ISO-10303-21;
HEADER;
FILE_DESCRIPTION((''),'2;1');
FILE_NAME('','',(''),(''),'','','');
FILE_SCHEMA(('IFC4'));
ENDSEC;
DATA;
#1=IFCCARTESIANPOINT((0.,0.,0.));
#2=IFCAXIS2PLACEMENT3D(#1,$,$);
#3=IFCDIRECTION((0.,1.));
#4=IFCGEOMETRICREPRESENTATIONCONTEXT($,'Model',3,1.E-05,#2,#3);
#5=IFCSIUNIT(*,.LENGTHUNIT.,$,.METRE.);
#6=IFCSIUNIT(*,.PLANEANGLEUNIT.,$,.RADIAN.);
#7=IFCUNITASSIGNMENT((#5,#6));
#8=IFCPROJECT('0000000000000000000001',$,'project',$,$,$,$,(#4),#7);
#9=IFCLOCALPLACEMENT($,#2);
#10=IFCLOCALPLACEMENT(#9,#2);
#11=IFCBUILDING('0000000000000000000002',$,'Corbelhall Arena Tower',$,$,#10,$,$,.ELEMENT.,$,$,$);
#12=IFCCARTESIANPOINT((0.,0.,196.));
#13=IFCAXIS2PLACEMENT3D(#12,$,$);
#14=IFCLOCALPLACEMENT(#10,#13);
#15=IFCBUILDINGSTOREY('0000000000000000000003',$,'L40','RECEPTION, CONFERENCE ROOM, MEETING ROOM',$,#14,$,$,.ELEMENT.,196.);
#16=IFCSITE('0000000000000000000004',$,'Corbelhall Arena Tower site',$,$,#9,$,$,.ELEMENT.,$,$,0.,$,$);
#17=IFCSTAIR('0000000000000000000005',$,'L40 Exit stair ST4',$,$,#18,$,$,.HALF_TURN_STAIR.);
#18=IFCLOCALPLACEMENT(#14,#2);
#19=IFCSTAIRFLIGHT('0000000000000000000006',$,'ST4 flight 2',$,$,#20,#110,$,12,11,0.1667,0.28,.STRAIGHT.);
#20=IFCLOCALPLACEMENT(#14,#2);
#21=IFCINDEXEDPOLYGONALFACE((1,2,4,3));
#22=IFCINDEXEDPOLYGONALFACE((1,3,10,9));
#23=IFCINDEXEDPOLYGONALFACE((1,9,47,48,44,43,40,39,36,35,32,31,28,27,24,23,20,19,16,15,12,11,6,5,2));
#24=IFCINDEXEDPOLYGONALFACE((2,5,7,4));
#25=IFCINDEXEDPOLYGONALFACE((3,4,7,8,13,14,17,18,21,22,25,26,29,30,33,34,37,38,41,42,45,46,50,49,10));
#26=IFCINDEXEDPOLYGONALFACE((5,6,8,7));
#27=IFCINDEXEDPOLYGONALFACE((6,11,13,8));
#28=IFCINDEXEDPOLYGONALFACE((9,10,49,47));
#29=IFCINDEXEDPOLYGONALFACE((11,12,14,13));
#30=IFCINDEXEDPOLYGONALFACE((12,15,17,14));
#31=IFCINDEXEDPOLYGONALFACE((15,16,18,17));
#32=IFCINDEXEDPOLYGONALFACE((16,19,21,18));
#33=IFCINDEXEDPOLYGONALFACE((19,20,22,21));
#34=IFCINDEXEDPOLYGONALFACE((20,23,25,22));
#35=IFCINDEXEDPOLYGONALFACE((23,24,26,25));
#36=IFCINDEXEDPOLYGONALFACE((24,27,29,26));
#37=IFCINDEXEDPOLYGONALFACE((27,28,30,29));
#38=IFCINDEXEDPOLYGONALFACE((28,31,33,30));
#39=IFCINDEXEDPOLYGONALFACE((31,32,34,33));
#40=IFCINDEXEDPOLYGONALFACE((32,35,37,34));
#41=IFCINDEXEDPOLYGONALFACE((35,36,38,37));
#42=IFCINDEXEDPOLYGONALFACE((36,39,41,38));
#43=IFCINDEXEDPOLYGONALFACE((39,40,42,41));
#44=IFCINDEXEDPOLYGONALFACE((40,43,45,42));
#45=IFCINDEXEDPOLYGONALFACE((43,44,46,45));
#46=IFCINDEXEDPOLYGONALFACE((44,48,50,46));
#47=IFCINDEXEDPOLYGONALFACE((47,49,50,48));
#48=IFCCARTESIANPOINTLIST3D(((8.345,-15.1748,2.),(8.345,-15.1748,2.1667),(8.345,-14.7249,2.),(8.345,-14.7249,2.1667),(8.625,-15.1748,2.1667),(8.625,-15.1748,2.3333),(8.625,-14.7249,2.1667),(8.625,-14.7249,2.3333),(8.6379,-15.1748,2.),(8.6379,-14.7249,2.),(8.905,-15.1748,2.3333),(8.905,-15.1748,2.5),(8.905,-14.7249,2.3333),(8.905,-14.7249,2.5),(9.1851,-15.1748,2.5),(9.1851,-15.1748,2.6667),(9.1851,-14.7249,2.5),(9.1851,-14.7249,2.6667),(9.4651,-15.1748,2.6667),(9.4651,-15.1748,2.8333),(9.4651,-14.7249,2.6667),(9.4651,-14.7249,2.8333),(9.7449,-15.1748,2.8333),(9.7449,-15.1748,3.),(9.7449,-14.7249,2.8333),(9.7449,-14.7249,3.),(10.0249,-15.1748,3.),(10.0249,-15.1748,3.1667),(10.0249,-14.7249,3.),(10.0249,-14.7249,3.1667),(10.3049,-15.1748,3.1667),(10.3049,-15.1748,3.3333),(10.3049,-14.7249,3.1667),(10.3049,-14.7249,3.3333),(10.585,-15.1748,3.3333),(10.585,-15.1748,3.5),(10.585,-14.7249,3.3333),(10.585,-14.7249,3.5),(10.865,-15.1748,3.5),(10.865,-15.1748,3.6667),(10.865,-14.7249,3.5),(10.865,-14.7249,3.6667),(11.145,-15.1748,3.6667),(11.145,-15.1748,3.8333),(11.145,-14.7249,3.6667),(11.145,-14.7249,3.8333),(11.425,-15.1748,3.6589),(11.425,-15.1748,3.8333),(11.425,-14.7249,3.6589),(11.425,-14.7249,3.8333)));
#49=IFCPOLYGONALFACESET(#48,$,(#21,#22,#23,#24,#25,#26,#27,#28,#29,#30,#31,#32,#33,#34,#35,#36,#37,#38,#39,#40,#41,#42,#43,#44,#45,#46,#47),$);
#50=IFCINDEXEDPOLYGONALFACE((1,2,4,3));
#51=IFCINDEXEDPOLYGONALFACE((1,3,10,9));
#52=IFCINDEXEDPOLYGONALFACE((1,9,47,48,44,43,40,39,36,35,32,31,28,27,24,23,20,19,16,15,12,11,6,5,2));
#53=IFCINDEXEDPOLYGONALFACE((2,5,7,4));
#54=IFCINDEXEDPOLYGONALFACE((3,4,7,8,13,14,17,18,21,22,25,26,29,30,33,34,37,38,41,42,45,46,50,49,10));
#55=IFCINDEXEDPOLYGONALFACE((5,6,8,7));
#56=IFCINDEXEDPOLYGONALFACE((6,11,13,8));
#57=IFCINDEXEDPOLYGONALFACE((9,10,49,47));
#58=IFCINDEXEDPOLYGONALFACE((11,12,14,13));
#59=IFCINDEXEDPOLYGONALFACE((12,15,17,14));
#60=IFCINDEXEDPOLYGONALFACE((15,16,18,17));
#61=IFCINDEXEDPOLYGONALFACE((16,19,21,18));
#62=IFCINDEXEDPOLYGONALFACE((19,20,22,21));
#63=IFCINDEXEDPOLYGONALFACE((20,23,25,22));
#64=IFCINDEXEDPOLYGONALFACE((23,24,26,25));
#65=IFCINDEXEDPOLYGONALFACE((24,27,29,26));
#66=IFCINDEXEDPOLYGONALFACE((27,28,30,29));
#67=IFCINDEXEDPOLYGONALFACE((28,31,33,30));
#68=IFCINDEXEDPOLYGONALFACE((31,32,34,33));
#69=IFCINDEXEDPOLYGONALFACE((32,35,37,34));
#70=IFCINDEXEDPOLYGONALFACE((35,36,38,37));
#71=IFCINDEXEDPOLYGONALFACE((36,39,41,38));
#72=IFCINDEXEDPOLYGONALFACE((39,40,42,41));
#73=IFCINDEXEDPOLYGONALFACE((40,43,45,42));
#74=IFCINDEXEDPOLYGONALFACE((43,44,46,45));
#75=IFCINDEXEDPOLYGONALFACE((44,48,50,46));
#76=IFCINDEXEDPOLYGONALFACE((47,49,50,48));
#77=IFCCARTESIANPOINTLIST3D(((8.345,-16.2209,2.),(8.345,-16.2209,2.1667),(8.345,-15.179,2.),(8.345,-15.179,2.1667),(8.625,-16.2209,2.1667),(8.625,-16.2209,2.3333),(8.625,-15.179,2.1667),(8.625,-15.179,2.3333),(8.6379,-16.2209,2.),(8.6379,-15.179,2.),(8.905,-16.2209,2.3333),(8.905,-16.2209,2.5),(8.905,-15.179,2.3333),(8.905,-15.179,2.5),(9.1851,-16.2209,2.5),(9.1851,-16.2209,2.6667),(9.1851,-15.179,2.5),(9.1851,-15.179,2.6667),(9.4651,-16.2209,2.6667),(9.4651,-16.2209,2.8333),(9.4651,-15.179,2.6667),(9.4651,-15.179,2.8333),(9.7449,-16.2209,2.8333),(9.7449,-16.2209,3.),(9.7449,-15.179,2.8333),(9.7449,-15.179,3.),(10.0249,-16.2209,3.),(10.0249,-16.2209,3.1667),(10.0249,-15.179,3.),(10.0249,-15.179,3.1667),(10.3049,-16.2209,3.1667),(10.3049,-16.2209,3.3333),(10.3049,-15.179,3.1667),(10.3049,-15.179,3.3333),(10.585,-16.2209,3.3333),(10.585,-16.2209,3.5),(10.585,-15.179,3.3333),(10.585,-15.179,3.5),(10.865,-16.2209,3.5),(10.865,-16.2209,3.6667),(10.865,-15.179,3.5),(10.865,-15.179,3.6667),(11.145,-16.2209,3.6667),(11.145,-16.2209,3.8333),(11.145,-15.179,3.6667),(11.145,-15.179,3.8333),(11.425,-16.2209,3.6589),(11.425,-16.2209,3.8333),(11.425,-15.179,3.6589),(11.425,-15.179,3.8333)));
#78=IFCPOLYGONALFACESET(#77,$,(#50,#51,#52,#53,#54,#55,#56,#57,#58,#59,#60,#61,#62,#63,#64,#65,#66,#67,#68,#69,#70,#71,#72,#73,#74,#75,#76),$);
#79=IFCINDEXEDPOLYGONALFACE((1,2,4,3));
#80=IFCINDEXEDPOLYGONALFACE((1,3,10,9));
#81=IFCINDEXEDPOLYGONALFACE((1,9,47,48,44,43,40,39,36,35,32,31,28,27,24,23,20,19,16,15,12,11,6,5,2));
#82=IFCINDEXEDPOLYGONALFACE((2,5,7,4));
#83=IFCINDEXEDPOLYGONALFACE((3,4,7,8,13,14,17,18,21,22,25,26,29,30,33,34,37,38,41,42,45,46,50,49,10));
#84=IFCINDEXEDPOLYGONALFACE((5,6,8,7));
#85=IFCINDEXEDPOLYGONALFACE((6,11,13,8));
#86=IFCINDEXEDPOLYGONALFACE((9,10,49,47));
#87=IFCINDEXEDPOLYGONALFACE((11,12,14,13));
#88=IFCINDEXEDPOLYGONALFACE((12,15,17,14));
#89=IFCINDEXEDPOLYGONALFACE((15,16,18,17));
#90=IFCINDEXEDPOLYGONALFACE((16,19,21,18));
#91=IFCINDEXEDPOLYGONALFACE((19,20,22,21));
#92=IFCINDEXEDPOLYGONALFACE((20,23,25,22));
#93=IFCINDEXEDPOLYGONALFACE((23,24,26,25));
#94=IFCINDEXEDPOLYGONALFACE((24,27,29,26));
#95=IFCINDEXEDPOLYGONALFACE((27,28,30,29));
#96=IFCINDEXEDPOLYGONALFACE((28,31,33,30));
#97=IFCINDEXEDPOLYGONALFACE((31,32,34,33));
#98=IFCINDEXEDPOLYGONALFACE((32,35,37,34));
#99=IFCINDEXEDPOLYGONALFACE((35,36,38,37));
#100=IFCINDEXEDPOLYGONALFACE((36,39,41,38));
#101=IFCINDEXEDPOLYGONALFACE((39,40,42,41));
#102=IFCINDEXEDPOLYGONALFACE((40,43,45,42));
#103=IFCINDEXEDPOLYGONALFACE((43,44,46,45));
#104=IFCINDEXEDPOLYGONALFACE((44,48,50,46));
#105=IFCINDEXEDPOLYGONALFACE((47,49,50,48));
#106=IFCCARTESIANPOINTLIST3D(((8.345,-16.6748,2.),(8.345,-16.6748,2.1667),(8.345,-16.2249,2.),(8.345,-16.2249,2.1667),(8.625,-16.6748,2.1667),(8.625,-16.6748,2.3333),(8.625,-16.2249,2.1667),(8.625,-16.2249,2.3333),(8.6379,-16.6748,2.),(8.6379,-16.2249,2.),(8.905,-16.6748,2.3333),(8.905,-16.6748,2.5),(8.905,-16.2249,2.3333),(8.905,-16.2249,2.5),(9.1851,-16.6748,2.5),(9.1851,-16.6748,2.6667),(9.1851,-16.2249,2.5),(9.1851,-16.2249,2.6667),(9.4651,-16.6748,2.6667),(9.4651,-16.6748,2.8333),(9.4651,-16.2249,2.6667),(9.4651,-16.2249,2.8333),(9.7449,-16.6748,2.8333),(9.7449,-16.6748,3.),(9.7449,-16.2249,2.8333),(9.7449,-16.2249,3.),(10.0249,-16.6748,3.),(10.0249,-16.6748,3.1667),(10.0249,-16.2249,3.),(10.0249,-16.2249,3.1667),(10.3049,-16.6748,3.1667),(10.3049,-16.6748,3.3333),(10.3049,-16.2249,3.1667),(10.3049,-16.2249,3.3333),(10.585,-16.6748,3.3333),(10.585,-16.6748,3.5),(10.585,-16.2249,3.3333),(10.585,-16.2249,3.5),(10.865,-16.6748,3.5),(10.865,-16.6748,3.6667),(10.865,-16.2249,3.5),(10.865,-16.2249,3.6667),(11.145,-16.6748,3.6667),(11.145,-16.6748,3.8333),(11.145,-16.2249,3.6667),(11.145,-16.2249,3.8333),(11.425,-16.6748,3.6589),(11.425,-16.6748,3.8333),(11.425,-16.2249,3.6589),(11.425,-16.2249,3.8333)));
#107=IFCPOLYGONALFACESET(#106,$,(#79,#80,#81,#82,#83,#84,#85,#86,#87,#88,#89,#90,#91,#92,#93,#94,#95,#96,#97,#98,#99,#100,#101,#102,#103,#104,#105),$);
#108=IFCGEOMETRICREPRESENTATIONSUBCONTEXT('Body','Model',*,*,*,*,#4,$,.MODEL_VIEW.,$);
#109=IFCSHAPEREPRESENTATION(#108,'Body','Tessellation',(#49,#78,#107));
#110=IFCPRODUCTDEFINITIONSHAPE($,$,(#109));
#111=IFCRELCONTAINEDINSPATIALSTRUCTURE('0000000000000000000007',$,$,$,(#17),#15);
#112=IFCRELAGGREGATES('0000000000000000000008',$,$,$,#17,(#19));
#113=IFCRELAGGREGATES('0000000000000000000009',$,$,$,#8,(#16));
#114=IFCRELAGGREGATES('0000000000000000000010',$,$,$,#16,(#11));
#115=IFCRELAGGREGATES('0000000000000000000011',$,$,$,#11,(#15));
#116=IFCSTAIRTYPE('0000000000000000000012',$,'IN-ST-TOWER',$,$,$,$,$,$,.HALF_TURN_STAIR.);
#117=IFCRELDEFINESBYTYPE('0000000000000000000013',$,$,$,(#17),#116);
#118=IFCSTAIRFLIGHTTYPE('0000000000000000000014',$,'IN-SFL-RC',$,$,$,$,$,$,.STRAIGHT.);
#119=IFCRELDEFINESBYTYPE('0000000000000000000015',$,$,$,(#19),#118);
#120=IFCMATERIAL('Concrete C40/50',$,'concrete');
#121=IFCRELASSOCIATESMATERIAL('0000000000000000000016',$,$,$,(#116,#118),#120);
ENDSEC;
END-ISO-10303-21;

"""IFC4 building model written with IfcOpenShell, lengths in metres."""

from ifc_helpers import new_model, si_unit, direction, frame, origin, place, context, subcontext, project, spatial, polyline, outline, extrude, material, type_object, element, aggregate, save


model = new_model("IFC4")

# Units and contexts
model_context = context("Model", 3, precision=1e-05, world=origin(), true_north=direction((0.0, 1.0)))
body_context = subcontext(model_context, "Body", "Model", "MODEL_VIEW")
ifc_project = project(units=[si_unit("LENGTHUNIT", "METRE"), si_unit("PLANEANGLEUNIT", "RADIAN")], contexts=[model_context])

# Site, building, storey
site_placement = place(None, origin())
site = spatial("IfcSite", under=ifc_project, at=site_placement, Name="Corbelhall Arena Tower site", CompositionType="ELEMENT", RefElevation=0.0)
building_placement = place(site_placement, origin())
building = spatial("IfcBuilding", under=site, at=building_placement, Name="Corbelhall Arena Tower", CompositionType="ELEMENT")
storey_placement = place(building_placement, frame((0.0, 0.0, 196.0)))
storey = spatial("IfcBuildingStorey", under=building, at=storey_placement, Name="L40", Description="RECEPTION, CONFERENCE ROOM, MEETING ROOM", CompositionType="ELEMENT", Elevation=196.0)

# Shared definitions
ifc_material_1 = material(Name="Concrete C40/50", Category="concrete")

# Stair, stair flight
stair_type = type_object("IfcStairType", Name="IN-ST-TOWER", PredefinedType="HALF_TURN_STAIR", material=ifc_material_1)
stair_placement = place(storey_placement, origin())
stair = element("IfcStair", 1, at=stair_placement, inside=storey, type_object=stair_type, Name="L40 Exit stair ST4", PredefinedType="HALF_TURN_STAIR")
stair_flight_type = type_object("IfcStairFlightType", Name="IN-SFL-RC", PredefinedType="STRAIGHT", material=ifc_material_1)
stair_flight_placement = place(storey_placement, frame((8.345, -15.7, 2.0), z_axis=(0.0, 0.0, 1.0), x_axis=(1.0, 0.0, 0.0)))
stair_flight = element("IfcStairFlight", 2, at=stair_flight_placement, type_object=stair_flight_type, Name="ST4 flight 2", NumberOfRisers=12, NumberOfTreads=11, PredefinedType="STRAIGHT", RiserHeight=0.1667, TreadLength=0.28, context=body_context, shape_type="SweptSolid", body=[
    extrude(outline(polyline([(0.0, 0.0), (0.0, 0.1667), (0.28, 0.1667), (0.28, 0.3333), (0.5601, 0.3333), (0.5601, 0.5), (0.8401, 0.5), (0.8401, 0.6667), (1.1201, 0.6667), (1.1201, 0.8333), (1.3999, 0.8333), (1.3999, 1.0), (1.6799, 1.0), (1.6799, 1.1667), (1.96, 1.1667), (1.96, 1.3333), (2.24, 1.3333), (2.24, 1.5), (2.52, 1.5), (2.52, 1.6667), (2.8, 1.6667), (2.8, 1.8333), (3.0801, 1.8333), (3.0801, 2.0), (3.0801, 1.6589), (0.293, 0.0), (0.0, 0.0)])), frame((0.0, 0.9751, 0.0), z_axis=(0.0, -1.0, 0.0), x_axis=(1.0, 0.0, 0.0)), (0.0, 0.0, 1.0), 0.45),
    extrude(outline(polyline([(0.0, 0.0), (0.0, 0.1667), (0.28, 0.1667), (0.28, 0.3333), (0.5601, 0.3333), (0.5601, 0.5), (0.8401, 0.5), (0.8401, 0.6667), (1.1201, 0.6667), (1.1201, 0.8333), (1.3999, 0.8333), (1.3999, 1.0), (1.6799, 1.0), (1.6799, 1.1667), (1.96, 1.1667), (1.96, 1.3333), (2.24, 1.3333), (2.24, 1.5), (2.52, 1.5), (2.52, 1.6667), (2.8, 1.6667), (2.8, 1.8333), (3.0801, 1.8333), (3.0801, 2.0), (3.0801, 1.6589), (0.293, 0.0), (0.0, 0.0)])), frame((0.0, 0.521, 0.0), z_axis=(0.0, -1.0, 0.0), x_axis=(1.0, 0.0, 0.0)), (0.0, 0.0, 1.0), 1.042),
    extrude(outline(polyline([(0.0, 0.0), (0.0, 0.1667), (0.28, 0.1667), (0.28, 0.3333), (0.5601, 0.3333), (0.5601, 0.5), (0.8401, 0.5), (0.8401, 0.6667), (1.1201, 0.6667), (1.1201, 0.8333), (1.3999, 0.8333), (1.3999, 1.0), (1.6799, 1.0), (1.6799, 1.1667), (1.96, 1.1667), (1.96, 1.3333), (2.24, 1.3333), (2.24, 1.5), (2.52, 1.5), (2.52, 1.6667), (2.8, 1.6667), (2.8, 1.8333), (3.0801, 1.8333), (3.0801, 2.0), (3.0801, 1.6589), (0.293, 0.0), (0.0, 0.0)])), frame((0.0, -0.5249, 0.0), z_axis=(0.0, -1.0, 0.0), x_axis=(1.0, 0.0, 0.0)), (0.0, 0.0, 1.0), 0.45),
])
aggregate(stair, [stair_flight])

save(model, "model.ifc")
